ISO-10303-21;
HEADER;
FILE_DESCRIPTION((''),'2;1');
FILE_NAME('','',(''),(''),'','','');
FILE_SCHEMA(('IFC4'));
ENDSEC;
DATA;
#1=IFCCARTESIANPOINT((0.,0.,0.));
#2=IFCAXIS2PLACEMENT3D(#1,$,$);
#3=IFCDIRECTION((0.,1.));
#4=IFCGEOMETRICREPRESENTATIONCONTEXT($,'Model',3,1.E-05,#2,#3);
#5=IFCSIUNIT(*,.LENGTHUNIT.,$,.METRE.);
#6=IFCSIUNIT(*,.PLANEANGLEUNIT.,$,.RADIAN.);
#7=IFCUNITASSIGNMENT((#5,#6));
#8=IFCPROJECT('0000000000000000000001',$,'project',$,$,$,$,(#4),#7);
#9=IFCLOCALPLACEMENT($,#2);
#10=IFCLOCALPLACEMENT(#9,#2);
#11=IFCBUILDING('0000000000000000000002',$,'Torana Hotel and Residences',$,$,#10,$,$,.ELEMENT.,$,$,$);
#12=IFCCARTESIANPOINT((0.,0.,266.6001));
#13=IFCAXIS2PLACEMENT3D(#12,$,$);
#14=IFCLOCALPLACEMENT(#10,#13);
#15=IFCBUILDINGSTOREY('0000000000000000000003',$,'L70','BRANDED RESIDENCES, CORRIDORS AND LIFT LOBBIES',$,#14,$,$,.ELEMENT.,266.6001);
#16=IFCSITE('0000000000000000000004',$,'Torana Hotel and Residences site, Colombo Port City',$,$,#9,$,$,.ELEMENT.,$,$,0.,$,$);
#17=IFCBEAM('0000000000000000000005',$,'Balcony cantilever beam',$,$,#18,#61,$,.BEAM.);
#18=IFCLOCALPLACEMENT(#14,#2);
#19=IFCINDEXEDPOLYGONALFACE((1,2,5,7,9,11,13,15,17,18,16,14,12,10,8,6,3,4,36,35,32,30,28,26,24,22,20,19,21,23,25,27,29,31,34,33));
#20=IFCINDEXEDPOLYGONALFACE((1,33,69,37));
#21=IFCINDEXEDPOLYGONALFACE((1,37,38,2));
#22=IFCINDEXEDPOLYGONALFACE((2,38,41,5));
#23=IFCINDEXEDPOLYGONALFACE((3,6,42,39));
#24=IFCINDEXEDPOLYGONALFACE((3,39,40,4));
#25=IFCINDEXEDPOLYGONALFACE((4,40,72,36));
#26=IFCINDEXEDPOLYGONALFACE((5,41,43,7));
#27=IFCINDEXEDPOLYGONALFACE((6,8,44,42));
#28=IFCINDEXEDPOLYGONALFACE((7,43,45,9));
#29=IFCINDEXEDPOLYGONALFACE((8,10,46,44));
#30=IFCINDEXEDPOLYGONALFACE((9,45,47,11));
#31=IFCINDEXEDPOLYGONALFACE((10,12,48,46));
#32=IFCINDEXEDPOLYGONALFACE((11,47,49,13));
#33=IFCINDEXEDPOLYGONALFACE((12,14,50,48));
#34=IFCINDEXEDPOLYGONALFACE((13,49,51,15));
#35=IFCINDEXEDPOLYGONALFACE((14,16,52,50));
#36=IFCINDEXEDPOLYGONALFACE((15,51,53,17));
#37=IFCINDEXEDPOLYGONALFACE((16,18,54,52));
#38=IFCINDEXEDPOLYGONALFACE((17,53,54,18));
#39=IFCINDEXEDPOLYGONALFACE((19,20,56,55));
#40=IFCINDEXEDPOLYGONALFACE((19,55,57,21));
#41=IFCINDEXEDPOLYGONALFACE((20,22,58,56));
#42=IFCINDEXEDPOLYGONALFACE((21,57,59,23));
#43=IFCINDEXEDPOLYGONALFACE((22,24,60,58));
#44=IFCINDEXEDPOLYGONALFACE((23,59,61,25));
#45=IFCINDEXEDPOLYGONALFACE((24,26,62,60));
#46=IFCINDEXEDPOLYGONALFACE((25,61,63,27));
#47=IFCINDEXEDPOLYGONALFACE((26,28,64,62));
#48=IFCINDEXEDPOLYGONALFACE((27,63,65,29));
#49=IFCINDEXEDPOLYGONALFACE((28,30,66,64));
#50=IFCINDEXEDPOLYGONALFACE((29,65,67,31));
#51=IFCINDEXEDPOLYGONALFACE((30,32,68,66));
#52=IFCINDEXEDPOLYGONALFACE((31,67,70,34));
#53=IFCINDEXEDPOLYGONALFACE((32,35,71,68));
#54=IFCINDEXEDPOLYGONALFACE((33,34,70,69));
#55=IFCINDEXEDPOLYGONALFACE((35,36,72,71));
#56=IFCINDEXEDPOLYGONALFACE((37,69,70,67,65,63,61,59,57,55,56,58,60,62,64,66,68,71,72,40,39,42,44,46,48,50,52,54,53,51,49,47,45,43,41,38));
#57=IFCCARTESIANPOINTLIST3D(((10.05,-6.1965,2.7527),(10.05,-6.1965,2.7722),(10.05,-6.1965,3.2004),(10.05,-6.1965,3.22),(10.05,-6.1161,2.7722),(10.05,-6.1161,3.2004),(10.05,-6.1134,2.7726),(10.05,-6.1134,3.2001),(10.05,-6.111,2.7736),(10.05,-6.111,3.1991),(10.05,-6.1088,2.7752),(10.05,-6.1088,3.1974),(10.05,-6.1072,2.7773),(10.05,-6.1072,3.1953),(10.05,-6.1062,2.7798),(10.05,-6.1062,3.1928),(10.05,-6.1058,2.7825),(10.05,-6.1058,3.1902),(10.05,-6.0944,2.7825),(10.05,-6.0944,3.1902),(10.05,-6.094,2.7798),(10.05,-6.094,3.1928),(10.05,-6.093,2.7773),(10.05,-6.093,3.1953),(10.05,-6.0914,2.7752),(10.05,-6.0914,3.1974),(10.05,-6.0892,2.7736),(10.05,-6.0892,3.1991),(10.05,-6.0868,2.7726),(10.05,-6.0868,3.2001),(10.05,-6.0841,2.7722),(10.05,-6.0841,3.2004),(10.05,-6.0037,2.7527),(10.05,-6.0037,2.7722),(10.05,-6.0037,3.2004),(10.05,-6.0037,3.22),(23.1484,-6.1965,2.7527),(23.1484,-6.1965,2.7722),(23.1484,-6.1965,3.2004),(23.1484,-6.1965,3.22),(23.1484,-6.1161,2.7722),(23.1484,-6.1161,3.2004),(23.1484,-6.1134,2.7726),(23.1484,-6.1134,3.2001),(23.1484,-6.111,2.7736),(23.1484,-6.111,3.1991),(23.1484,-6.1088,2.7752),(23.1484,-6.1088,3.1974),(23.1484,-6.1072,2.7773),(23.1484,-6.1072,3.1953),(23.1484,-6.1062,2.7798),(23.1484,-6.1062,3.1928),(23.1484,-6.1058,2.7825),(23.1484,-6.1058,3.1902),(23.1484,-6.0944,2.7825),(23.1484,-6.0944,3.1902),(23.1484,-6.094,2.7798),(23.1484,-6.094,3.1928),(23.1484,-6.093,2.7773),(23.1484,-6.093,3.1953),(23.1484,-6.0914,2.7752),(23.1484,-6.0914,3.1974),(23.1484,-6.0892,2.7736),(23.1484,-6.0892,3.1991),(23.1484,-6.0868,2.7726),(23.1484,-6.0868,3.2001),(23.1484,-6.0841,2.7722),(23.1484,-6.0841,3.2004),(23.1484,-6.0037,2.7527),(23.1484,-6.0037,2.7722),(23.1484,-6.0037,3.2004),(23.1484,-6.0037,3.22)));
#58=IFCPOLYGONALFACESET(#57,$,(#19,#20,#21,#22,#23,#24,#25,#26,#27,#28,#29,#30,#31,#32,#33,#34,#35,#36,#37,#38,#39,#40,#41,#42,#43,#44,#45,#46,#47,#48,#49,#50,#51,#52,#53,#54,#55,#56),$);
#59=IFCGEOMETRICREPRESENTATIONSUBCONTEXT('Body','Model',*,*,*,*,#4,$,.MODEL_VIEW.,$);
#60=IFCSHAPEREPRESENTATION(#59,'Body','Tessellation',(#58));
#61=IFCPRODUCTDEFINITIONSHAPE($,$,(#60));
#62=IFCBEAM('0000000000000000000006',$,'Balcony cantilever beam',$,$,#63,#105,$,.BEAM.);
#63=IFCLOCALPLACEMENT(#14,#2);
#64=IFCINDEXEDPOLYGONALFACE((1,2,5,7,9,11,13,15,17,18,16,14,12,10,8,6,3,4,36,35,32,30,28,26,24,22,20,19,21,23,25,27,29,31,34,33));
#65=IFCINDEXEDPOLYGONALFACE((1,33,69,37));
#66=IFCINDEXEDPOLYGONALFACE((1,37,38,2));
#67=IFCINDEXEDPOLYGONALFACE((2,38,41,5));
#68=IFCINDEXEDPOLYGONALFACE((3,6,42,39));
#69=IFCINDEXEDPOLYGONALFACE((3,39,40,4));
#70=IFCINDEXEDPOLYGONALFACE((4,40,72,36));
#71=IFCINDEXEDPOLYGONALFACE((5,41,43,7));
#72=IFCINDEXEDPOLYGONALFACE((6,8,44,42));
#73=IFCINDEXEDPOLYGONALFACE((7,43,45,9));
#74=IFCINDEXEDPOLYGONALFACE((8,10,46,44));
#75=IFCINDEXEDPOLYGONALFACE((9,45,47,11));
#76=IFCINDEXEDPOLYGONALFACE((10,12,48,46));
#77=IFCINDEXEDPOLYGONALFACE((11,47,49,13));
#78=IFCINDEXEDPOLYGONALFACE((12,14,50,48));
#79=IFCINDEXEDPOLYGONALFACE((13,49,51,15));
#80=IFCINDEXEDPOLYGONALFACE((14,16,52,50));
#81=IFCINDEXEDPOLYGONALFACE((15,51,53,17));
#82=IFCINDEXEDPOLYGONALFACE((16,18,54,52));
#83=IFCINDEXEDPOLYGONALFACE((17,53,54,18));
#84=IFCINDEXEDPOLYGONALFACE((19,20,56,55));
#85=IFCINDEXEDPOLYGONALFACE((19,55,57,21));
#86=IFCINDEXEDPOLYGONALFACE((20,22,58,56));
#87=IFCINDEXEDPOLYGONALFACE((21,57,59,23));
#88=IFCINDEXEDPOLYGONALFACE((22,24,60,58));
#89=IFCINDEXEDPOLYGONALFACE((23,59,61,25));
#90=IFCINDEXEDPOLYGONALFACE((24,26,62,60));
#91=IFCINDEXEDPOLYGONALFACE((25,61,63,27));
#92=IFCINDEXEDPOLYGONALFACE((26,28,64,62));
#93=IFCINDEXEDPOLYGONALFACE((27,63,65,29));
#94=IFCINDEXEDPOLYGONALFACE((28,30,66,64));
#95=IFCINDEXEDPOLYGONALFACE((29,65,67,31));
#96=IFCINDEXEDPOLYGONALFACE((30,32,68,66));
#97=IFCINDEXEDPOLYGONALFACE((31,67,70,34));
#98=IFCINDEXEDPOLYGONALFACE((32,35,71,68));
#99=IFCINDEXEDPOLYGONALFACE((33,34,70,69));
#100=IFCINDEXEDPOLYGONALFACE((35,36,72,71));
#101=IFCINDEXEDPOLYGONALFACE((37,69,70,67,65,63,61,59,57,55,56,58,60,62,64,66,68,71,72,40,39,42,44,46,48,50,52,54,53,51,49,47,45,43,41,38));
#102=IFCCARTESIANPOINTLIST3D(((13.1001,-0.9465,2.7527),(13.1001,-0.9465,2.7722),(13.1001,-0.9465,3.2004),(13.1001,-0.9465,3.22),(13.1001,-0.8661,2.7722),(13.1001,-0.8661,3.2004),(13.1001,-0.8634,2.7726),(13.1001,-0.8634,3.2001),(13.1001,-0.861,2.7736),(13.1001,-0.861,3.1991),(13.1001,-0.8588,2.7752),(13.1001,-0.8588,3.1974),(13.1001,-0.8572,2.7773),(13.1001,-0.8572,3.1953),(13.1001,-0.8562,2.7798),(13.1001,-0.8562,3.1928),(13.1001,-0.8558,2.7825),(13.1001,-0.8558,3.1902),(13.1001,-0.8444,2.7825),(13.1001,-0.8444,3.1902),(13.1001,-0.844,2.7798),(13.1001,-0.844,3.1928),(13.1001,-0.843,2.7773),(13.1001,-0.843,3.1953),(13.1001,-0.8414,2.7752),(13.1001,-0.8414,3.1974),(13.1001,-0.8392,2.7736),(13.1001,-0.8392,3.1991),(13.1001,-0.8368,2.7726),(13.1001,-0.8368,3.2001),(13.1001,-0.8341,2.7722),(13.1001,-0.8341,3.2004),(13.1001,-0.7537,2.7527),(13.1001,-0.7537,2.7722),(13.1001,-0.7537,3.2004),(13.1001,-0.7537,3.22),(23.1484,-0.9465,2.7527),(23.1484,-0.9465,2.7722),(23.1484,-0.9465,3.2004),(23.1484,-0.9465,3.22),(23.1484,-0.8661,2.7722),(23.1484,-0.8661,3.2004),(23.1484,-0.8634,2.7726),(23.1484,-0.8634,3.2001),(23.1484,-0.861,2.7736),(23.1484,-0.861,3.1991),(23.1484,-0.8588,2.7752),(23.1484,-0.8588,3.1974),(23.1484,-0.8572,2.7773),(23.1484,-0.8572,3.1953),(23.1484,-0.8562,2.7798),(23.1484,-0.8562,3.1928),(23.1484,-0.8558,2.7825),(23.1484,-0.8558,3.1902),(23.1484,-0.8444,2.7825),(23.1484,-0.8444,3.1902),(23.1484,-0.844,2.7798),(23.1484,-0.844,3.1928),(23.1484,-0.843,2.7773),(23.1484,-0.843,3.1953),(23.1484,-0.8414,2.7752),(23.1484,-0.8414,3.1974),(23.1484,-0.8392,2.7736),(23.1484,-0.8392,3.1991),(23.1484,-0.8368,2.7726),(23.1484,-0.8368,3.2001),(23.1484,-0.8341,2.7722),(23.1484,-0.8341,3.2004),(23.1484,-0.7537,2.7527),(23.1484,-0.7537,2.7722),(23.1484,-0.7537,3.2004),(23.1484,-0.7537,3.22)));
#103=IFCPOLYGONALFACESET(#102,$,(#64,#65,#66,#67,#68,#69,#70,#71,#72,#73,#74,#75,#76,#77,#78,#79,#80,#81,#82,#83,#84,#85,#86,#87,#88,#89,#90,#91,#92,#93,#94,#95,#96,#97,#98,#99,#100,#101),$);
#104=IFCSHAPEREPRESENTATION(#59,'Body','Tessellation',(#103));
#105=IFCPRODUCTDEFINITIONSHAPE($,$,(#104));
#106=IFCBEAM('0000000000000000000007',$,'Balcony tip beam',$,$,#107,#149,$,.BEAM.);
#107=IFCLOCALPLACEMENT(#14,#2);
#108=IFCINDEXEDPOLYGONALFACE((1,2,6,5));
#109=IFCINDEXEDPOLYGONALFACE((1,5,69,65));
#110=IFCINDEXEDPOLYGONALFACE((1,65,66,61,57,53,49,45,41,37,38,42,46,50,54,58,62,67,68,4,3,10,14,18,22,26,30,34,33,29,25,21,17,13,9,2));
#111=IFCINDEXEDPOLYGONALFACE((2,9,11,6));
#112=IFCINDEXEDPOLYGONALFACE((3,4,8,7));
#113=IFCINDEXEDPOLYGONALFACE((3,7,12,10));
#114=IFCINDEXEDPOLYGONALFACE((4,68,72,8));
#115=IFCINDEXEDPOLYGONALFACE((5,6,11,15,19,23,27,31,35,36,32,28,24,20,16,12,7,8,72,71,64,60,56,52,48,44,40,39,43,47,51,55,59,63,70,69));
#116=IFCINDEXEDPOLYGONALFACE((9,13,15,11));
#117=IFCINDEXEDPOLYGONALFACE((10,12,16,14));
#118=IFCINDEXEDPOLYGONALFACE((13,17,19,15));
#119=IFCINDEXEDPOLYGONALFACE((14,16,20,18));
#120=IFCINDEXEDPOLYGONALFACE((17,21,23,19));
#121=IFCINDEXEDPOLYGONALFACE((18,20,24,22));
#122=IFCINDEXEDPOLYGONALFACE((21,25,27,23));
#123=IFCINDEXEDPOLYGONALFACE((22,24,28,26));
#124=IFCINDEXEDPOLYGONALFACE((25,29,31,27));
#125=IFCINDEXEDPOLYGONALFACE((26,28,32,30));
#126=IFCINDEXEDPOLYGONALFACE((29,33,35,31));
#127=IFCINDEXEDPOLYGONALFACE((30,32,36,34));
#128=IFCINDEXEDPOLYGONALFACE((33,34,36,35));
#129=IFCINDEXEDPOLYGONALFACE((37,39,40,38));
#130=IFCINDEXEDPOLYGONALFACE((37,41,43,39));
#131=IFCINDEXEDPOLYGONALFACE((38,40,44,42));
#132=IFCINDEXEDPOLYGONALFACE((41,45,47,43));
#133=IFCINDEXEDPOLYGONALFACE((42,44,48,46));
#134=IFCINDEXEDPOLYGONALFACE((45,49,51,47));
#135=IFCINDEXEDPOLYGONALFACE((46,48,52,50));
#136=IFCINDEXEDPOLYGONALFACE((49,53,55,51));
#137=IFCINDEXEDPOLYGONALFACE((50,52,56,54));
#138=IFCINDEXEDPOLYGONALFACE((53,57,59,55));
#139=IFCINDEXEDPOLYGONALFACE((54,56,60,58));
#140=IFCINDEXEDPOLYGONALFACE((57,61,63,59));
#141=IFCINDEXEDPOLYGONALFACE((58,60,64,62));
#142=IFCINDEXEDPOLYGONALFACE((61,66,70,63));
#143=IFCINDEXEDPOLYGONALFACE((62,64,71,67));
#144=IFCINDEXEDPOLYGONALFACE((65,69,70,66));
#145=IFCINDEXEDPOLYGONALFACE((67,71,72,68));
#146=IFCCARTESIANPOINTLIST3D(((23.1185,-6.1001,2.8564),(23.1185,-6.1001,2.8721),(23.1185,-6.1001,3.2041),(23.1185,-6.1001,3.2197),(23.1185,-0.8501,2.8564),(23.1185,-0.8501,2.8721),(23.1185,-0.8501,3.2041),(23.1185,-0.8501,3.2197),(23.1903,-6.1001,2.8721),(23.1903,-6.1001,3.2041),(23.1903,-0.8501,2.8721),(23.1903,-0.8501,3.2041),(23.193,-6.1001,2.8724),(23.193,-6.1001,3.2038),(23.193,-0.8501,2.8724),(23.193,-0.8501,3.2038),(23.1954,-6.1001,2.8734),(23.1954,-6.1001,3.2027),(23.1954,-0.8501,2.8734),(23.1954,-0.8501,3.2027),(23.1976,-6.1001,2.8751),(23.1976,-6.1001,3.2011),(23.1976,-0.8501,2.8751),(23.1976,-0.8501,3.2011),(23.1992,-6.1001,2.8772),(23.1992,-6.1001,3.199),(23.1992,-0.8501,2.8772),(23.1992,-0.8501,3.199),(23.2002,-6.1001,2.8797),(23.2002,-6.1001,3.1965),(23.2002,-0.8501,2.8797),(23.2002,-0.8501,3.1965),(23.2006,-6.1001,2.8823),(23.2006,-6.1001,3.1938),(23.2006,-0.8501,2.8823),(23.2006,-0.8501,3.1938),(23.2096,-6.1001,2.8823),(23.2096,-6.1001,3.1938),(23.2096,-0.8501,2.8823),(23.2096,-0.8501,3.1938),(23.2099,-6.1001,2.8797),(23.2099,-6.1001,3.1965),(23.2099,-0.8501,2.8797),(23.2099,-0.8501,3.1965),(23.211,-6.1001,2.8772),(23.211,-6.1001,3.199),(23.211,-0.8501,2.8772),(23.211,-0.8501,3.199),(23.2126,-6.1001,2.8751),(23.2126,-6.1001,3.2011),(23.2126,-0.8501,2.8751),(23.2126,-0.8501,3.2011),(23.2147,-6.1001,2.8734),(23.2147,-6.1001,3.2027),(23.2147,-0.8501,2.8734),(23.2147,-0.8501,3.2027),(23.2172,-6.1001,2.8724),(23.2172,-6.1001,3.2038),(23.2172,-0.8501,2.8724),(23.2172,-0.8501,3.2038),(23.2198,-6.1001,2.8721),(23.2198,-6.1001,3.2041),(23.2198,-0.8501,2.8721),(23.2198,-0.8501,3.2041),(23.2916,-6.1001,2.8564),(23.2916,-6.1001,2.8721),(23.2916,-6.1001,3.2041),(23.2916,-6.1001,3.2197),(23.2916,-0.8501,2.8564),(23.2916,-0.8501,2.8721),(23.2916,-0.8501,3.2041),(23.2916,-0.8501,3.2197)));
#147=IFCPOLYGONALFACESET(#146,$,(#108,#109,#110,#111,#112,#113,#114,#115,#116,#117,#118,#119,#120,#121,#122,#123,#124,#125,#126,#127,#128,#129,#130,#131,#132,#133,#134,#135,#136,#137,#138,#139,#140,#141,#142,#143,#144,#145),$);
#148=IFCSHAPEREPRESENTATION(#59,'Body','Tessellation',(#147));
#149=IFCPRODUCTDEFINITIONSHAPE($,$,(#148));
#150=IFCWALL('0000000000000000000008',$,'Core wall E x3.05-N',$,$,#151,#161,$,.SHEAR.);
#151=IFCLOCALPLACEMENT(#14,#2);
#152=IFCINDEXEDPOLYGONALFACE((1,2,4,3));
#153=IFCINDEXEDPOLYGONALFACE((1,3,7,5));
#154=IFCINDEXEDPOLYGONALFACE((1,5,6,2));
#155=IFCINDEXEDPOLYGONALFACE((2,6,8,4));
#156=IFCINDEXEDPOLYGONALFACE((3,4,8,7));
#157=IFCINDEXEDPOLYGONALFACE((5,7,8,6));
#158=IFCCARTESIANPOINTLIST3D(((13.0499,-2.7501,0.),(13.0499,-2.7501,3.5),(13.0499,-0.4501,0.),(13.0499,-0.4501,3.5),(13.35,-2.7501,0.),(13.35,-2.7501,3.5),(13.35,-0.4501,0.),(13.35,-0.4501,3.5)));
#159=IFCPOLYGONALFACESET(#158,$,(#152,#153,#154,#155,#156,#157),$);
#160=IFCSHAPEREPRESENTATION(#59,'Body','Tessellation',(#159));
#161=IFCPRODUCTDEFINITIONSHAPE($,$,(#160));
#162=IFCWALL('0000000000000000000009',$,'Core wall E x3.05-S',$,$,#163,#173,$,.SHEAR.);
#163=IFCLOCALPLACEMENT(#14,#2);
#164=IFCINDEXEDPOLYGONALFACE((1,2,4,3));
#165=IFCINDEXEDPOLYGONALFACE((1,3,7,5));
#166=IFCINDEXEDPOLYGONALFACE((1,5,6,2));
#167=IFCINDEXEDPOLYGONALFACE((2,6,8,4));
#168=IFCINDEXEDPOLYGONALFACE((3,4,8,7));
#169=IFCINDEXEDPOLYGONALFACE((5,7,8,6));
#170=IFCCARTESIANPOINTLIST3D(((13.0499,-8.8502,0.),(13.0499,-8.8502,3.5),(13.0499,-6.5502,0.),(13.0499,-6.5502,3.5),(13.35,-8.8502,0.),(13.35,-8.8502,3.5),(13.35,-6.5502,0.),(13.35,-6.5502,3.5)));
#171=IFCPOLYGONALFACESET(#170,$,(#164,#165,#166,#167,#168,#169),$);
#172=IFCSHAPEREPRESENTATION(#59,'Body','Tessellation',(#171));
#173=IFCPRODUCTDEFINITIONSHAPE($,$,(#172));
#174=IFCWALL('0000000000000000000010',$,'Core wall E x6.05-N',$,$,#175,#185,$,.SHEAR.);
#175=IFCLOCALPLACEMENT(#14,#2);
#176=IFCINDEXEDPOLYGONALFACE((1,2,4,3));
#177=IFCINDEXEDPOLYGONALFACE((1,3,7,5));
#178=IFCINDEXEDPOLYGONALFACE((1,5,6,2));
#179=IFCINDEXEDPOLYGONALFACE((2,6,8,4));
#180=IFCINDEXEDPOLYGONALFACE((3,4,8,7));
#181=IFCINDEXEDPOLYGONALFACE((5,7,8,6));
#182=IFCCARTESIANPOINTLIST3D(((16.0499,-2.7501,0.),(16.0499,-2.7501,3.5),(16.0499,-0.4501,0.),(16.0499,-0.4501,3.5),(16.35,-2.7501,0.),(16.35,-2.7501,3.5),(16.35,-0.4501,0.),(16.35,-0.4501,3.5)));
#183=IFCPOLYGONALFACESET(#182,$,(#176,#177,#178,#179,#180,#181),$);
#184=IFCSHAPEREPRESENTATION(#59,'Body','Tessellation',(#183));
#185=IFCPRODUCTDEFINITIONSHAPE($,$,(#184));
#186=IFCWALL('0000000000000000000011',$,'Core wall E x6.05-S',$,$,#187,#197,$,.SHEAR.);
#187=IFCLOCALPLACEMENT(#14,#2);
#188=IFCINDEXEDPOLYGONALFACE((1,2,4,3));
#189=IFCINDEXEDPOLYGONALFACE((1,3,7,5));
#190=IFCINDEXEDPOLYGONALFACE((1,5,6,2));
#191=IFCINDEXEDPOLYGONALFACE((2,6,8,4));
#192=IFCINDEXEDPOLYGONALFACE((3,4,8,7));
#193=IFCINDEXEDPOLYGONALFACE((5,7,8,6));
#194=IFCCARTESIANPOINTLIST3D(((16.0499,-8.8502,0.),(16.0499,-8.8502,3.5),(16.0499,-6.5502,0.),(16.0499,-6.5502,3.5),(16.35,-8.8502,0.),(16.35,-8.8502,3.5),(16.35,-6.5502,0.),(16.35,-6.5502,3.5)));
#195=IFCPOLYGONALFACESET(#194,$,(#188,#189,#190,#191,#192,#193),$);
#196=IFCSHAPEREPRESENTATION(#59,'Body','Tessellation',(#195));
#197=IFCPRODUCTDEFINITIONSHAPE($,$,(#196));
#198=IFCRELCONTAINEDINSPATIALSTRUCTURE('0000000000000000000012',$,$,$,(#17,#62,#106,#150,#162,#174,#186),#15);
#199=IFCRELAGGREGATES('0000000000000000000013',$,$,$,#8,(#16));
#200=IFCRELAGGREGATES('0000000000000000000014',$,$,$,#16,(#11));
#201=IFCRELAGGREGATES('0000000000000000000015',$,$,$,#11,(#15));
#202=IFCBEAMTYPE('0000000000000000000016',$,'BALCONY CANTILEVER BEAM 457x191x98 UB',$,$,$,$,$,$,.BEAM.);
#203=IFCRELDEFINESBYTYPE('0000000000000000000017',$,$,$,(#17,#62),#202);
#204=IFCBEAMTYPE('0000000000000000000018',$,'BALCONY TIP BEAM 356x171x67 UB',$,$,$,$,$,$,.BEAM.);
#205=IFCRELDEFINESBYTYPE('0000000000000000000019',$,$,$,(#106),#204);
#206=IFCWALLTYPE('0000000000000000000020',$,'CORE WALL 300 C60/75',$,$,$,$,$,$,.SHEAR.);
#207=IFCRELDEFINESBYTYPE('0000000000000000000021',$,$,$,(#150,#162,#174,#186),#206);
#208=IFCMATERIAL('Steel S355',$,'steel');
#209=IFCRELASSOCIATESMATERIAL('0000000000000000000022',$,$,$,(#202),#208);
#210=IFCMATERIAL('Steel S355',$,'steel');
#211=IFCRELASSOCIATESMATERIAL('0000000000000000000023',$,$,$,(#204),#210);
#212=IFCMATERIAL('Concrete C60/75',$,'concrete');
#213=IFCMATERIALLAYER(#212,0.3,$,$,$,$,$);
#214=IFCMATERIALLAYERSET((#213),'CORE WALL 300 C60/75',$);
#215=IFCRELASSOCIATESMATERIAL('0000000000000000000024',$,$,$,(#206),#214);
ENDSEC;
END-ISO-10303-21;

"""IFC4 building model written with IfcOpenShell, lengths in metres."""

from ifc_helpers import new_model, si_unit, direction, frame, frame_2d, origin, origin_2d, place, context, subcontext, project, spatial, rectangle, i_section, extrude, material, layer, layer_set, material_profile, profile_set, type_object, element, save


model = new_model("IFC4")

# Units and contexts
model_context = context("Model", 3, precision=1e-05, world=origin(), true_north=direction((0.0, 1.0)))
body_context = subcontext(model_context, "Body", "Model", "MODEL_VIEW")
ifc_project = project(units=[si_unit("LENGTHUNIT", "METRE"), si_unit("PLANEANGLEUNIT", "RADIAN")], contexts=[model_context])

# Site, building, storey
site_placement = place(None, origin())
site = spatial("IfcSite", under=ifc_project, at=site_placement, Name="Torana Hotel and Residences site, Colombo Port City", CompositionType="ELEMENT", RefElevation=0.0)
building_placement = place(site_placement, origin())
building = spatial("IfcBuilding", under=site, at=building_placement, Name="Torana Hotel and Residences", CompositionType="ELEMENT")
storey_placement = place(building_placement, frame((0.0, 0.0, 266.6001)))
storey = spatial("IfcBuildingStorey", under=building, at=storey_placement, Name="L70", Description="BRANDED RESIDENCES, CORRIDORS AND LIFT LOBBIES", CompositionType="ELEMENT", Elevation=266.6001)

# Beams
ifc_material_1 = material(Name="Steel S355", Category="steel")
ifc_material_profile_1 = material_profile(ifc_material_1, i_section(OverallWidth=0.1929, OverallDepth=0.4673, WebThickness=0.0115, FlangeThickness=0.0195, FilletRadius=0.0103, at=origin_2d()), Name="457x191x98 UB")
ifc_profile_set_1 = profile_set([ifc_material_profile_1], Name="Steel S355")
beam_type_1 = type_object("IfcBeamType", Name="BALCONY CANTILEVER BEAM 457x191x98 UB", PredefinedType="BEAM", material=ifc_profile_set_1)
beam_1_placement = place(storey_placement, frame((23.1484, -6.1001, 2.9863), z_axis=(-1.0, 0.0, 0.0), x_axis=(0.0, -1.0, 0.0)))
element("IfcBeam", 1, at=beam_1_placement, inside=storey, type_object=beam_type_1, Name="Balcony cantilever beam", PredefinedType="BEAM", context=body_context, shape_type="SweptSolid", body=[
    extrude(i_section(OverallWidth=0.1929, OverallDepth=0.4673, WebThickness=0.0115, FlangeThickness=0.0195, FilletRadius=0.0103, at=origin_2d()), origin(), (0.0, 0.0, 1.0), 13.0984),
])
beam_2_placement = place(storey_placement, frame((23.1484, -0.8501, 2.9863), z_axis=(-1.0, 0.0, 0.0), x_axis=(0.0, -1.0, 0.0)))
element("IfcBeam", 2, at=beam_2_placement, inside=storey, type_object=beam_type_1, Name="Balcony cantilever beam", PredefinedType="BEAM", context=body_context, shape_type="SweptSolid", body=[
    extrude(i_section(OverallWidth=0.1929, OverallDepth=0.4673, WebThickness=0.0115, FlangeThickness=0.0195, FilletRadius=0.0103, at=origin_2d()), origin(), (0.0, 0.0, 1.0), 10.0483),
])
ifc_material_2 = material(Name="Steel S355", Category="steel")
ifc_material_profile_2 = material_profile(ifc_material_2, i_section(OverallWidth=0.1731, OverallDepth=0.3633, WebThickness=0.009, FlangeThickness=0.0156, FilletRadius=0.0103, at=origin_2d()), Name="356x171x67 UB")
ifc_profile_set_2 = profile_set([ifc_material_profile_2], Name="Steel S355")
beam_type_2 = type_object("IfcBeamType", Name="BALCONY TIP BEAM 356x171x67 UB", PredefinedType="BEAM", material=ifc_profile_set_2)
beam_3_placement = place(storey_placement, frame((23.2051, -6.1001, 3.0381), z_axis=(0.0, 1.0, 0.0), x_axis=(-1.0, 0.0, 0.0)))
element("IfcBeam", 3, at=beam_3_placement, inside=storey, type_object=beam_type_2, Name="Balcony tip beam", PredefinedType="BEAM", context=body_context, shape_type="SweptSolid", body=[
    extrude(i_section(OverallWidth=0.1731, OverallDepth=0.3633, WebThickness=0.009, FlangeThickness=0.0156, FilletRadius=0.0103, at=origin_2d()), origin(), (0.0, 0.0, 1.0), 5.25),
])

# Walls
ifc_material_3 = material(Name="Concrete C60/75", Category="concrete")
ifc_layer_1 = layer(ifc_material_3, 0.3)
ifc_layer_set_1 = layer_set([ifc_layer_1], Name="CORE WALL 300 C60/75")
wall_type_1 = type_object("IfcWallType", Name="CORE WALL 300 C60/75", PredefinedType="SHEAR", material=ifc_layer_set_1)
for number, where, z_axis, x_axis, name in (
    (4, (13.2, -2.75, 0.0), (0.0, 0.0, 1.0), (0.0, 1.0, 0.0), "Core wall E x3.05-N"),
    (5, (13.2, -8.8501, 0.0), (0.0, 0.0, 1.0), (0.0, 1.0, 0.0), "Core wall E x3.05-S"),
    (6, (16.2, -2.75, 0.0), (0.0, 0.0, 1.0), (0.0, 1.0, 0.0), "Core wall E x6.05-N"),
    (7, (16.2, -8.8501, 0.0), (0.0, 0.0, 1.0), (0.0, 1.0, 0.0), "Core wall E x6.05-S"),
):
    element("IfcWall", number, at=place(storey_placement, frame(where, z_axis=z_axis, x_axis=x_axis)), inside=storey, type_object=wall_type_1, Name=name, PredefinedType="SHEAR", context=body_context, shape_type="SweptSolid", body=[
        extrude(rectangle(XDim=2.3, YDim=0.3, at=frame_2d((1.1499, 0.0))), origin(), (0.0, 0.0, 1.0), 3.5),
    ])

save(model, "model.ifc")
